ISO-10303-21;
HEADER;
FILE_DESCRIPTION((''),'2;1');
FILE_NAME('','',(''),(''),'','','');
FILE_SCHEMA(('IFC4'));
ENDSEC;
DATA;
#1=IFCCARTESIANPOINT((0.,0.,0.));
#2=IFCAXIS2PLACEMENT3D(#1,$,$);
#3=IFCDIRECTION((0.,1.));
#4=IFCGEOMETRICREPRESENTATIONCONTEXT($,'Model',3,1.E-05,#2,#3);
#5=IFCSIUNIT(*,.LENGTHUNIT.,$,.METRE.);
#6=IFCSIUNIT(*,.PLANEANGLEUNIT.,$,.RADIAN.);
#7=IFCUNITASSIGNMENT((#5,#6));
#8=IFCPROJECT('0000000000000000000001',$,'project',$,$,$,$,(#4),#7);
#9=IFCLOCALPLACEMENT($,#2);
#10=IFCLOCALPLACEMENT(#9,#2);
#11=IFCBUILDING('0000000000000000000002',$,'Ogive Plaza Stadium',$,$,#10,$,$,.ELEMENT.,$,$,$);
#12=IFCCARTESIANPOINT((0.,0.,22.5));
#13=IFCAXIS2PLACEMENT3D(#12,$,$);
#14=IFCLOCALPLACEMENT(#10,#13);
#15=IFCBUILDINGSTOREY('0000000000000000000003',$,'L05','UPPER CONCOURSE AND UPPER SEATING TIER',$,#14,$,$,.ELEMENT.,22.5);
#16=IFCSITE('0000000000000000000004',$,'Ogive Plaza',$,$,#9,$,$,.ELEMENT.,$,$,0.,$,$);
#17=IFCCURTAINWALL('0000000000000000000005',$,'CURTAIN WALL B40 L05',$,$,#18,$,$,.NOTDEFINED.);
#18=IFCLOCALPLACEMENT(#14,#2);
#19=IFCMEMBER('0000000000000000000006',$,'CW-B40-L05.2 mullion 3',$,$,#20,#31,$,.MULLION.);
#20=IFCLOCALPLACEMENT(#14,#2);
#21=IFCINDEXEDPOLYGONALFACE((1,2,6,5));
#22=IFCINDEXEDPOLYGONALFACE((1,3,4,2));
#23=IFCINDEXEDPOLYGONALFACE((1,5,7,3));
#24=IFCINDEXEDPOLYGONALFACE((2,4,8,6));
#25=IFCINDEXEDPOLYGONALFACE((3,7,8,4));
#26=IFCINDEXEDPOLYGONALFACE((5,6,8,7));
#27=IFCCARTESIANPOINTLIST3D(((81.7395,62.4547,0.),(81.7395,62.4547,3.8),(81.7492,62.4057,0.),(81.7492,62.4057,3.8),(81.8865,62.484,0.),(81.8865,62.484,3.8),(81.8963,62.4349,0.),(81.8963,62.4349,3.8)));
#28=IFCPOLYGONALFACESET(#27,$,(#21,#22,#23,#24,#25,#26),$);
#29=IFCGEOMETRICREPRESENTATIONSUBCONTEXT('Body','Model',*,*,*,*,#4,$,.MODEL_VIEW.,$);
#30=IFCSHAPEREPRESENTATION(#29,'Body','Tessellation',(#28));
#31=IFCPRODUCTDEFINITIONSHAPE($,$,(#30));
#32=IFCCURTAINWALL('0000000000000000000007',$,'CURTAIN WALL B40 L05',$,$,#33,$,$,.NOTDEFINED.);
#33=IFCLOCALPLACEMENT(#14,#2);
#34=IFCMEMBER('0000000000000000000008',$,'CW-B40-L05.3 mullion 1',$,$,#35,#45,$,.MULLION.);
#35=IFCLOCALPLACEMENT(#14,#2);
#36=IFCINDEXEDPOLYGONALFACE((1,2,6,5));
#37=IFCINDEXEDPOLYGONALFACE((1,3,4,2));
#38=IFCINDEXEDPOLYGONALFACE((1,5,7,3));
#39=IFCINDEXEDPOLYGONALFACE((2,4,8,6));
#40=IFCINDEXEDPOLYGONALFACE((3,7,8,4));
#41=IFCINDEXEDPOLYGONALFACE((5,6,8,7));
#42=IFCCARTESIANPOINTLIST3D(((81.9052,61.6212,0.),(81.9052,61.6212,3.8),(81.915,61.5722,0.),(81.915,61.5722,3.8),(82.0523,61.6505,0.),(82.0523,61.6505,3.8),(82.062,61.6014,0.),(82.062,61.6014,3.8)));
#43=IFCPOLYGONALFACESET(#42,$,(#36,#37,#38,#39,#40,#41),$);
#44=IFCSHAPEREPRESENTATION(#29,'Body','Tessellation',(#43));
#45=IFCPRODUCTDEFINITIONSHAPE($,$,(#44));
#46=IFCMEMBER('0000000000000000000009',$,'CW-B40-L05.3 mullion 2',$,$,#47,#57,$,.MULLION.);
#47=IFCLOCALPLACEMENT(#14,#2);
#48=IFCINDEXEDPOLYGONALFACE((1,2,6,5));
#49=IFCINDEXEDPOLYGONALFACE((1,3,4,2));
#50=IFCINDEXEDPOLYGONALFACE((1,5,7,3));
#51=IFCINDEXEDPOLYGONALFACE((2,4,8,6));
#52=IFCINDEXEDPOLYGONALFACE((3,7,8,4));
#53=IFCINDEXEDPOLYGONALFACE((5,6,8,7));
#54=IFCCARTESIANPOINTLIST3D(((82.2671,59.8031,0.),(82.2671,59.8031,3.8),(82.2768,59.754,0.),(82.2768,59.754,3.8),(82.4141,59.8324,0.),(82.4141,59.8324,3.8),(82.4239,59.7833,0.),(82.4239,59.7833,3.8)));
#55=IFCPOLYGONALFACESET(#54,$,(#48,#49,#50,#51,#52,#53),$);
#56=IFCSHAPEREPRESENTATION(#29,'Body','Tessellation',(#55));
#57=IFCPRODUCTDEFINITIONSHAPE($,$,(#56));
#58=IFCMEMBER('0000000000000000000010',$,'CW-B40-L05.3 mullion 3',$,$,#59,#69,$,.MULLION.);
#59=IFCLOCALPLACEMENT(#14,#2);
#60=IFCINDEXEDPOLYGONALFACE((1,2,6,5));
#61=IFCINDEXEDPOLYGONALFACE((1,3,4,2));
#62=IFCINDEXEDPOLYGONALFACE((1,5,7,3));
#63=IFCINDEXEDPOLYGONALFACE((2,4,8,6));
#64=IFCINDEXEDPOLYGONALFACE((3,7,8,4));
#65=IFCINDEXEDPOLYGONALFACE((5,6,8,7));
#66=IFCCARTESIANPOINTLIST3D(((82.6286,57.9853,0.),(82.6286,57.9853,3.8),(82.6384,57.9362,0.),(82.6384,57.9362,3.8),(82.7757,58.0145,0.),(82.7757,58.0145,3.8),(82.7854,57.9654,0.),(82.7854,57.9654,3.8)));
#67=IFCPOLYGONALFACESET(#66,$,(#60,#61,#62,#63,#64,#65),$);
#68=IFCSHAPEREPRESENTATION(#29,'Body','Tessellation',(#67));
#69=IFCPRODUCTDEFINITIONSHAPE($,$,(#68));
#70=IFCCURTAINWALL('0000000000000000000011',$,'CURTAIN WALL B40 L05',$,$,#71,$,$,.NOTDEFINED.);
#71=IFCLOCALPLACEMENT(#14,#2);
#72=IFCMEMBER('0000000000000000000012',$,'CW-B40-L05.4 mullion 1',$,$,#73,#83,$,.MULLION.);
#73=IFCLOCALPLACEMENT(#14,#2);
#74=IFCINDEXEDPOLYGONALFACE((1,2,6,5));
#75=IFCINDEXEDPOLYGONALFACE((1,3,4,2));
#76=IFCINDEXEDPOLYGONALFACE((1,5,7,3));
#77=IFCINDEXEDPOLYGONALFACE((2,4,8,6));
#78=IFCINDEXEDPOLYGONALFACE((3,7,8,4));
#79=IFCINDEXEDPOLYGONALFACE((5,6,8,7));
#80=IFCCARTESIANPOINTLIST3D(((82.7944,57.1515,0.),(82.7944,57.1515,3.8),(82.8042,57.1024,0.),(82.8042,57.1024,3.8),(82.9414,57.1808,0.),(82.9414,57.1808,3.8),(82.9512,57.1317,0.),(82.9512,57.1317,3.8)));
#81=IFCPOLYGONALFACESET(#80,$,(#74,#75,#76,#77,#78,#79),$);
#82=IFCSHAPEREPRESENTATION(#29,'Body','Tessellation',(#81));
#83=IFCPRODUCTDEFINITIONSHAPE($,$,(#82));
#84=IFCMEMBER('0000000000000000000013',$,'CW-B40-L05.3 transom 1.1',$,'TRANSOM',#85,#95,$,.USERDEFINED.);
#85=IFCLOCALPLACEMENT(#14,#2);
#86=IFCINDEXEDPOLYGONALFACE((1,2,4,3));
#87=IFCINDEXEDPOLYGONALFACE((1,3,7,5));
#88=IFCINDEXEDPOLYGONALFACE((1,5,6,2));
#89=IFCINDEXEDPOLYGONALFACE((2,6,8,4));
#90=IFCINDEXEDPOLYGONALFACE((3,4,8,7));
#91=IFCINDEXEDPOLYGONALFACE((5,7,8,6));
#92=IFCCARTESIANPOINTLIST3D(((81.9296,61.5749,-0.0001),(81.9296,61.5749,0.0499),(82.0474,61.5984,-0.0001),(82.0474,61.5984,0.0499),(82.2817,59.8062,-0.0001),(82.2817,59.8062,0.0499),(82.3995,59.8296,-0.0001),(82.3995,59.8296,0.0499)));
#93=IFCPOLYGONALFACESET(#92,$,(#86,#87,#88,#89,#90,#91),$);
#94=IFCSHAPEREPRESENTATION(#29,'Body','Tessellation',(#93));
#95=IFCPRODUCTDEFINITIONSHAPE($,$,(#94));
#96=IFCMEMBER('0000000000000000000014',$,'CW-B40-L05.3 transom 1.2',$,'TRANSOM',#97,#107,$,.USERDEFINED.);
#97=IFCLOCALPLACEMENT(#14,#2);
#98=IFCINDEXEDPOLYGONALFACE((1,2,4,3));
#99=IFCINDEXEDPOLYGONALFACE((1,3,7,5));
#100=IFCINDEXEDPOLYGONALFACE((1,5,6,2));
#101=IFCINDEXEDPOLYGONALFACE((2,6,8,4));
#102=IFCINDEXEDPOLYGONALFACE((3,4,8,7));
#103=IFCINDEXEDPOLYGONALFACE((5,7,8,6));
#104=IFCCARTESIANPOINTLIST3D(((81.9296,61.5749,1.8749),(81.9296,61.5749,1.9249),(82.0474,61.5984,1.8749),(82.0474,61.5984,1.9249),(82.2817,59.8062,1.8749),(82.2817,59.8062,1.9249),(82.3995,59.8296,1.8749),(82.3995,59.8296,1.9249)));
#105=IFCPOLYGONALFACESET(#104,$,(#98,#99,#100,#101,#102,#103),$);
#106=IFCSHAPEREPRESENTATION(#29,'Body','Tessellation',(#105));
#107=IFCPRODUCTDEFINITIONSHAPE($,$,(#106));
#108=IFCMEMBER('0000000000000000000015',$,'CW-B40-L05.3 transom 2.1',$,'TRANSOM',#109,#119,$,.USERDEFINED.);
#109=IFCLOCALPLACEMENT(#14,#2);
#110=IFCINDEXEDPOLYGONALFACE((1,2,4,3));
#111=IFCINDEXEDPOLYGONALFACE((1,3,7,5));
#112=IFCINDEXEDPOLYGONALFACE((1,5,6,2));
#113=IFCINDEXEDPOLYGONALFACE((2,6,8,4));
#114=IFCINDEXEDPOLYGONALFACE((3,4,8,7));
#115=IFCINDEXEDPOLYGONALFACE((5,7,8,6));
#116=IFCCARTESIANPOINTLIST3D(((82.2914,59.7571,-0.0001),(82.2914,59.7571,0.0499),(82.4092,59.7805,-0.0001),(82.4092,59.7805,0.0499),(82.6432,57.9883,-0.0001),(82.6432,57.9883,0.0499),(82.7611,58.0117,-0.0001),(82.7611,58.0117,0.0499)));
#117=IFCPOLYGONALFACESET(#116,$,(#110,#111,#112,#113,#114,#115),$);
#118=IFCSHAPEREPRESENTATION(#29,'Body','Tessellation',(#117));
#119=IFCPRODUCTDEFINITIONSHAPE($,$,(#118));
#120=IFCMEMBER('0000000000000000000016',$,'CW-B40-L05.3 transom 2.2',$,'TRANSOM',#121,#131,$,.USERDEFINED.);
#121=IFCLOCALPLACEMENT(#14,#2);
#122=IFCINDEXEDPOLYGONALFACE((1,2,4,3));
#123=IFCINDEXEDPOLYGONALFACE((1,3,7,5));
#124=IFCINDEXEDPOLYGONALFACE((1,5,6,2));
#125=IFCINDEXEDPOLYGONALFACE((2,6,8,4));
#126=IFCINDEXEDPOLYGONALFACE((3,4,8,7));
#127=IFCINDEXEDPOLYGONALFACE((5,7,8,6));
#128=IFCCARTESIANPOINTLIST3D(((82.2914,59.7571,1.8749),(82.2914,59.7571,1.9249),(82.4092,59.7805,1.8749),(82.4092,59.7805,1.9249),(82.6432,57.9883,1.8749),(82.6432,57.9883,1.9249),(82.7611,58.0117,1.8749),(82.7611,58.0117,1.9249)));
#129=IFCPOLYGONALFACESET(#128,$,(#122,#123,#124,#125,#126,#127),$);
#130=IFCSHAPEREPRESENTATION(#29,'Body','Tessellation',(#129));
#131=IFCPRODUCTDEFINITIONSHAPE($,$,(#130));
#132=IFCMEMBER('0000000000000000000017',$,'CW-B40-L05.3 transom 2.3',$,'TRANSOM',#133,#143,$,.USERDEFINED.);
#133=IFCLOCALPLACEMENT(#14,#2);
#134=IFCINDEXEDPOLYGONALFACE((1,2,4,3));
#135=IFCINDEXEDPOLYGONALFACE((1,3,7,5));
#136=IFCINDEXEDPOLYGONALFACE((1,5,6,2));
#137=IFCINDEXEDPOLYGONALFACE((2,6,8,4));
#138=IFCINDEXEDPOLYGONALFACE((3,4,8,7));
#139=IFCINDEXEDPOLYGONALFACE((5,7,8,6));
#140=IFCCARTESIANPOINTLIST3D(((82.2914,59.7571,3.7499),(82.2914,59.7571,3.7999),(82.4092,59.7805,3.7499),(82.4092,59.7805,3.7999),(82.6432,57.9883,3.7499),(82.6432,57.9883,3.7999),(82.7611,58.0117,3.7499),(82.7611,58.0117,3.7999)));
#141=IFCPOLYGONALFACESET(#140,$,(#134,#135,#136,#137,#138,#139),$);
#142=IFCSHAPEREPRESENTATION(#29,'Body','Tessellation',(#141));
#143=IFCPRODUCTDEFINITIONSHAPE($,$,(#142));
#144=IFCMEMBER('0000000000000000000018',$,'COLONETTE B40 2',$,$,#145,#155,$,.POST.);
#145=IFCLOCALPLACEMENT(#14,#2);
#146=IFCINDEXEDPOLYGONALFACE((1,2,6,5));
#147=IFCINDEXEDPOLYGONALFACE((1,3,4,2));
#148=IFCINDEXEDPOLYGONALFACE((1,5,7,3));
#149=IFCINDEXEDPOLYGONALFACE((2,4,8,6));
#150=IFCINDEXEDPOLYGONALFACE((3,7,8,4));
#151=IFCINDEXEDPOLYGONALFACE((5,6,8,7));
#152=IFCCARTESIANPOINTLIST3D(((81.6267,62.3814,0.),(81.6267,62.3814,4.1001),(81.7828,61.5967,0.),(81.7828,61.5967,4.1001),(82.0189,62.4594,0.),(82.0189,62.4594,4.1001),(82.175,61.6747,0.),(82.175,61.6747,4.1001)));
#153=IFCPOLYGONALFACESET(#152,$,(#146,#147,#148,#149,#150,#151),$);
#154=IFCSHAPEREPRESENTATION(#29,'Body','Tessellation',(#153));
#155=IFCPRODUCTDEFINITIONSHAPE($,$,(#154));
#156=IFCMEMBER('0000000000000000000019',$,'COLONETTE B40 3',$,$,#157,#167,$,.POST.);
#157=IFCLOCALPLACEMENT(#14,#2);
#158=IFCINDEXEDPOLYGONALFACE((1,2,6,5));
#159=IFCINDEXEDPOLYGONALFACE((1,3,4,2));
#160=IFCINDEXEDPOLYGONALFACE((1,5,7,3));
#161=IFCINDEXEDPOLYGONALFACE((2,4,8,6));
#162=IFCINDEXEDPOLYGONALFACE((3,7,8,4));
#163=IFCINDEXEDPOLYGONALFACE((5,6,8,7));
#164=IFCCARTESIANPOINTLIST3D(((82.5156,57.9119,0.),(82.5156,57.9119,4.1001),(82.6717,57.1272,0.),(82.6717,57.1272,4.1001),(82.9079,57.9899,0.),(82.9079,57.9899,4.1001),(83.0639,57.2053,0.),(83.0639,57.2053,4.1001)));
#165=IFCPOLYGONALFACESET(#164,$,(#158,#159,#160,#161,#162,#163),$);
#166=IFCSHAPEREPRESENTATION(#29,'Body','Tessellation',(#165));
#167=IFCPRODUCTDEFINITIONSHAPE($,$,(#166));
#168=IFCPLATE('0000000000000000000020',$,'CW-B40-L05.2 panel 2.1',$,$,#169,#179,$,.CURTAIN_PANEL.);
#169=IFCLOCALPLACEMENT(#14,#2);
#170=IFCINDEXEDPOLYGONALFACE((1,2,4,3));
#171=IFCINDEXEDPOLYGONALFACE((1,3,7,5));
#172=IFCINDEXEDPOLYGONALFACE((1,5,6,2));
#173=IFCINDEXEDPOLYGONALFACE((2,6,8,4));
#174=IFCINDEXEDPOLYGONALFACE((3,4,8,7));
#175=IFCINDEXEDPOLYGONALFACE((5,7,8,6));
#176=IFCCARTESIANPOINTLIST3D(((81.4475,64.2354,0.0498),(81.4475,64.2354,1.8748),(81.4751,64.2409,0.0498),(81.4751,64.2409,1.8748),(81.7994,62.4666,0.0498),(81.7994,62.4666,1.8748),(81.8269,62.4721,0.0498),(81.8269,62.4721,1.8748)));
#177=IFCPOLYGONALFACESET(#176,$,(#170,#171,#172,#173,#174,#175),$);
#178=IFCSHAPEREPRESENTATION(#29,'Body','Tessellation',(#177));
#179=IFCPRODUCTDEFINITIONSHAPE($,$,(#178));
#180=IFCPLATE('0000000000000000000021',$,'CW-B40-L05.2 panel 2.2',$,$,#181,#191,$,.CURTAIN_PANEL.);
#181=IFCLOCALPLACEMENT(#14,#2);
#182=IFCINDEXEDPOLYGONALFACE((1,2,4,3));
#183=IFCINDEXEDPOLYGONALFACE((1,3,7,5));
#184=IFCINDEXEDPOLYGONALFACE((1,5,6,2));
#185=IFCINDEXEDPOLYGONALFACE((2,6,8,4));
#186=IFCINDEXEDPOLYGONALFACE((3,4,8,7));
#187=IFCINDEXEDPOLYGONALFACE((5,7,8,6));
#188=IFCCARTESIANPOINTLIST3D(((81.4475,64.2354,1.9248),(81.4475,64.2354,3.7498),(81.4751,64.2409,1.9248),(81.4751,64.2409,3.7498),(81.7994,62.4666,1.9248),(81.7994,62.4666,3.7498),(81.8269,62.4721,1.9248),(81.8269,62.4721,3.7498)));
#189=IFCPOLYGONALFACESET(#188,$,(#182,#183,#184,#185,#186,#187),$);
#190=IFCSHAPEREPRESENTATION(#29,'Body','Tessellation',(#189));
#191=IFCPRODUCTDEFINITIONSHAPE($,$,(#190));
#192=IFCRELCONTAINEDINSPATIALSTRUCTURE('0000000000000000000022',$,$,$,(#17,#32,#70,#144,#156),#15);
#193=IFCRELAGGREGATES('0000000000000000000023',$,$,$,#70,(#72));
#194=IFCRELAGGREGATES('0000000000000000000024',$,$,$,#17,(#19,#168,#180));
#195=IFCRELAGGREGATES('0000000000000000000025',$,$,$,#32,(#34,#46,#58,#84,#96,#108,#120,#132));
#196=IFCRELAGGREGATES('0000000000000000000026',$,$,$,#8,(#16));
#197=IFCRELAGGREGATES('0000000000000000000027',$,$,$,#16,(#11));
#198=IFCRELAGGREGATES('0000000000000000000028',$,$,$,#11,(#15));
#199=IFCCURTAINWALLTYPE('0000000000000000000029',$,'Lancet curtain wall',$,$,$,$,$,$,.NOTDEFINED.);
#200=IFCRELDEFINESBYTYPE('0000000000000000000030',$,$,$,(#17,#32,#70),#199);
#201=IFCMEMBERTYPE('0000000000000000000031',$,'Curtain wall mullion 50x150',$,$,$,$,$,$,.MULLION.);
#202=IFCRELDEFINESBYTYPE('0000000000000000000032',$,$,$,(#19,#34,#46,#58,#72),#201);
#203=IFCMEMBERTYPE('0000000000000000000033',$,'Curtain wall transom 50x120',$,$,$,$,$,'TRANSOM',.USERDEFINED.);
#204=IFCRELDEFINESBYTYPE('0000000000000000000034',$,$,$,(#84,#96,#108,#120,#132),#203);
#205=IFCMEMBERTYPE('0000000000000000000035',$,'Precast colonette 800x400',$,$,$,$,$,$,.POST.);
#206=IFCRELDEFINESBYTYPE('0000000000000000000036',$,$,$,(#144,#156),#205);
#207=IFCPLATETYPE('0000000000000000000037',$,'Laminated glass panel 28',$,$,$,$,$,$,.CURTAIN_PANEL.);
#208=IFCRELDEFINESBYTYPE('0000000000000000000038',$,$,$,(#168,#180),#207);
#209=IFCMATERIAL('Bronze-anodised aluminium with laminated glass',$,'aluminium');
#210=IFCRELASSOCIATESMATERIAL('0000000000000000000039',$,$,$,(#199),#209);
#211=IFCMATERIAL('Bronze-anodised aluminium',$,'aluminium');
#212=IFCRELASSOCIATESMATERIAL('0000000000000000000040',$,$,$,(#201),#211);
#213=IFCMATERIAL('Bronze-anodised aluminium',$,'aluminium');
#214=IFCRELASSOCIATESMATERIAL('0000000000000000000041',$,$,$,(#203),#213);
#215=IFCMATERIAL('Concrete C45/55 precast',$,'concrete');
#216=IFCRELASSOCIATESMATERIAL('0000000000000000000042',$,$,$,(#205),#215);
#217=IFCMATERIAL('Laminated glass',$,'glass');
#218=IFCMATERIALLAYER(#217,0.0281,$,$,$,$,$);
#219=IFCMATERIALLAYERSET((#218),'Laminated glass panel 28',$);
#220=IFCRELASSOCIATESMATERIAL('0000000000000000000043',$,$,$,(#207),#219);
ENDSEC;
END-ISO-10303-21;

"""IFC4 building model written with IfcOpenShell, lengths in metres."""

from ifc_helpers import new_model, si_unit, direction, frame, origin, origin_2d, place, context, subcontext, project, spatial, rectangle, extrude, material, layer, layer_set, material_profile, profile_set, type_object, element, aggregate, save


model = new_model("IFC4")

# Units and contexts
model_context = context("Model", 3, precision=1e-05, world=origin(), true_north=direction((0.0, 1.0)))
body_context = subcontext(model_context, "Body", "Model", "MODEL_VIEW")
ifc_project = project(units=[si_unit("LENGTHUNIT", "METRE"), si_unit("PLANEANGLEUNIT", "RADIAN")], contexts=[model_context])

# Site, building, storey
site_placement = place(None, origin())
site = spatial("IfcSite", under=ifc_project, at=site_placement, Name="Ogive Plaza", CompositionType="ELEMENT", RefElevation=0.0)
building_placement = place(site_placement, origin())
building = spatial("IfcBuilding", under=site, at=building_placement, Name="Ogive Plaza Stadium", CompositionType="ELEMENT")
storey_placement = place(building_placement, frame((0.0, 0.0, 22.5)))
storey = spatial("IfcBuildingStorey", under=building, at=storey_placement, Name="L05", Description="UPPER CONCOURSE AND UPPER SEATING TIER", CompositionType="ELEMENT", Elevation=22.5)

# Curtain wall, member
ifc_material_1 = material(Name="Bronze-anodised aluminium with laminated glass", Category="aluminium")
curtain_wall_type = type_object("IfcCurtainWallType", Name="Lancet curtain wall", PredefinedType="NOTDEFINED", material=ifc_material_1)
curtain_wall_1_placement = place(storey_placement, origin())
curtain_wall_1 = element("IfcCurtainWall", 1, at=curtain_wall_1_placement, inside=storey, type_object=curtain_wall_type, Name="CURTAIN WALL B40 L05", PredefinedType="NOTDEFINED")
ifc_material_2 = material(Name="Bronze-anodised aluminium", Category="aluminium")
ifc_material_profile_1 = material_profile(ifc_material_2, rectangle(XDim=0.1499, YDim=0.05, at=origin_2d()), Name="AL 150x50")
ifc_profile_set_1 = profile_set([ifc_material_profile_1], Name="Bronze-anodised aluminium")
member_type_1 = type_object("IfcMemberType", Name="Curtain wall mullion 50x150", PredefinedType="MULLION", material=ifc_profile_set_1)
member_1_placement = place(storey_placement, frame((81.8179, 62.4448, 0.0), z_axis=(0.0, 0.0, 1.0), x_axis=(0.980785, 0.19509, 0.0)))
member_1 = element("IfcMember", 2, at=member_1_placement, type_object=member_type_1, Name="CW-B40-L05.2 mullion 3", PredefinedType="MULLION", context=body_context, shape_type="SweptSolid", body=[
    extrude(rectangle(XDim=0.1499, YDim=0.05, at=origin_2d()), origin(), (0.0, 0.0, 1.0), 3.8),
])

# Curtain wall, members
curtain_wall_2_placement = place(storey_placement, origin())
curtain_wall_2 = element("IfcCurtainWall", 3, at=curtain_wall_2_placement, inside=storey, type_object=curtain_wall_type, Name="CURTAIN WALL B40 L05", PredefinedType="NOTDEFINED")
member_2_placement = place(storey_placement, frame((81.9836, 61.6113, 0.0), z_axis=(0.0, 0.0, 1.0), x_axis=(0.980785, 0.19509, 0.0)))
member_2 = element("IfcMember", 4, at=member_2_placement, type_object=member_type_1, Name="CW-B40-L05.3 mullion 1", PredefinedType="MULLION", context=body_context, shape_type="SweptSolid", body=[
    extrude(rectangle(XDim=0.1499, YDim=0.05, at=origin_2d()), origin(), (0.0, 0.0, 1.0), 3.8),
])
member_3_placement = place(storey_placement, frame((82.3455, 59.7932, 0.0), z_axis=(0.0, 0.0, 1.0), x_axis=(0.980785, 0.19509, 0.0)))
member_3 = element("IfcMember", 5, at=member_3_placement, type_object=member_type_1, Name="CW-B40-L05.3 mullion 2", PredefinedType="MULLION", context=body_context, shape_type="SweptSolid", body=[
    extrude(rectangle(XDim=0.1499, YDim=0.05, at=origin_2d()), origin(), (0.0, 0.0, 1.0), 3.8),
])
member_4_placement = place(storey_placement, frame((82.707, 57.9753, 0.0), z_axis=(0.0, 0.0, 1.0), x_axis=(0.980785, 0.19509, 0.0)))
member_4 = element("IfcMember", 6, at=member_4_placement, type_object=member_type_1, Name="CW-B40-L05.3 mullion 3", PredefinedType="MULLION", context=body_context, shape_type="SweptSolid", body=[
    extrude(rectangle(XDim=0.1499, YDim=0.05, at=origin_2d()), origin(), (0.0, 0.0, 1.0), 3.8),
])

# Curtain wall, member
curtain_wall_3_placement = place(storey_placement, origin())
curtain_wall_3 = element("IfcCurtainWall", 7, at=curtain_wall_3_placement, inside=storey, type_object=curtain_wall_type, Name="CURTAIN WALL B40 L05", PredefinedType="NOTDEFINED")
member_5_placement = place(storey_placement, frame((82.8728, 57.1416, 0.0), z_axis=(0.0, 0.0, 1.0), x_axis=(0.980785, 0.19509, 0.0)))
member_5 = element("IfcMember", 8, at=member_5_placement, type_object=member_type_1, Name="CW-B40-L05.4 mullion 1", PredefinedType="MULLION", context=body_context, shape_type="SweptSolid", body=[
    extrude(rectangle(XDim=0.1499, YDim=0.05, at=origin_2d()), origin(), (0.0, 0.0, 1.0), 3.8),
])
aggregate(curtain_wall_3, [member_5])

# Members
ifc_material_3 = material(Name="Bronze-anodised aluminium", Category="aluminium")
ifc_material_profile_2 = material_profile(ifc_material_3, rectangle(XDim=0.1201, YDim=0.05, at=origin_2d()), Name="AL 120x50")
ifc_profile_set_2 = profile_set([ifc_material_profile_2], Name="Bronze-anodised aluminium")
member_type_2 = type_object("IfcMemberType", Name="Curtain wall transom 50x120", ElementType="TRANSOM", PredefinedType="USERDEFINED", material=ifc_profile_set_2)
member_6_placement = place(storey_placement, frame((81.9885, 61.5867, 0.0249), z_axis=(0.195205, -0.980762, 0.0), x_axis=(0.980762, 0.195205, 0.0)))
member_6 = element("IfcMember", 9, at=member_6_placement, type_object=member_type_2, Name="CW-B40-L05.3 transom 1.1", ObjectType="TRANSOM", PredefinedType="USERDEFINED", context=body_context, shape_type="SweptSolid", body=[
    extrude(rectangle(XDim=0.1201, YDim=0.05, at=origin_2d()), origin(), (0.0, 0.0, 1.0), 1.8035),
])
member_7_placement = place(storey_placement, frame((81.9885, 61.5867, 1.8999), z_axis=(0.195205, -0.980762, 0.0), x_axis=(0.980762, 0.195205, 0.0)))
member_7 = element("IfcMember", 10, at=member_7_placement, type_object=member_type_2, Name="CW-B40-L05.3 transom 1.2", ObjectType="TRANSOM", PredefinedType="USERDEFINED", context=body_context, shape_type="SweptSolid", body=[
    extrude(rectangle(XDim=0.1201, YDim=0.05, at=origin_2d()), origin(), (0.0, 0.0, 1.0), 1.8035),
])
member_8_placement = place(storey_placement, frame((82.3503, 59.7688, 0.0249), z_axis=(0.195075, -0.980788, 0.0), x_axis=(0.980788, 0.195075, 0.0)))
member_8 = element("IfcMember", 11, at=member_8_placement, type_object=member_type_2, Name="CW-B40-L05.3 transom 2.1", ObjectType="TRANSOM", PredefinedType="USERDEFINED", context=body_context, shape_type="SweptSolid", body=[
    extrude(rectangle(XDim=0.1201, YDim=0.05, at=origin_2d()), origin(), (0.0, 0.0, 1.0), 1.8035),
])
member_9_placement = place(storey_placement, frame((82.3503, 59.7688, 1.8999), z_axis=(0.195075, -0.980788, 0.0), x_axis=(0.980788, 0.195075, 0.0)))
member_9 = element("IfcMember", 12, at=member_9_placement, type_object=member_type_2, Name="CW-B40-L05.3 transom 2.2", ObjectType="TRANSOM", PredefinedType="USERDEFINED", context=body_context, shape_type="SweptSolid", body=[
    extrude(rectangle(XDim=0.1201, YDim=0.05, at=origin_2d()), origin(), (0.0, 0.0, 1.0), 1.8035),
])
member_10_placement = place(storey_placement, frame((82.3503, 59.7688, 3.7749), z_axis=(0.195075, -0.980788, 0.0), x_axis=(0.980788, 0.195075, 0.0)))
member_10 = element("IfcMember", 13, at=member_10_placement, type_object=member_type_2, Name="CW-B40-L05.3 transom 2.3", ObjectType="TRANSOM", PredefinedType="USERDEFINED", context=body_context, shape_type="SweptSolid", body=[
    extrude(rectangle(XDim=0.1201, YDim=0.05, at=origin_2d()), origin(), (0.0, 0.0, 1.0), 1.8035),
])

# Members
ifc_material_4 = material(Name="Concrete C45/55 precast", Category="concrete")
ifc_material_profile_3 = material_profile(ifc_material_4, rectangle(XDim=0.3999, YDim=0.8, at=origin_2d()), Name="RC 400x800")
ifc_profile_set_3 = profile_set([ifc_material_profile_3], Name="Concrete C45/55 precast")
member_type_3 = type_object("IfcMemberType", Name="Precast colonette 800x400", PredefinedType="POST", material=ifc_profile_set_3)
for number, where, z_axis, x_axis, name in (
    (14, (81.9009, 62.0281, 0.0), (0.0, 0.0, 1.0), (0.980785, 0.19509, 0.0), "COLONETTE B40 2"),
    (15, (82.7898, 57.5586, 0.0), (0.0, 0.0, 1.0), (0.980785, 0.19509, 0.0), "COLONETTE B40 3"),
):
    element("IfcMember", number, at=place(storey_placement, frame(where, z_axis=z_axis, x_axis=x_axis)), inside=storey, type_object=member_type_3, Name=name, PredefinedType="POST", context=body_context, shape_type="SweptSolid", body=[
        extrude(rectangle(XDim=0.3999, YDim=0.8, at=origin_2d()), origin(), (0.0, 0.0, 1.0), 4.1001),
    ])

# Plates
ifc_material_5 = material(Name="Laminated glass", Category="glass")
ifc_layer_1 = layer(ifc_material_5, 0.0281)
ifc_layer_set_1 = layer_set([ifc_layer_1], Name="Laminated glass panel 28")
plate_type = type_object("IfcPlateType", Name="Laminated glass panel 28", PredefinedType="CURTAIN_PANEL", material=ifc_layer_set_1)
plate_1_placement = place(storey_placement, frame((81.6372, 63.3538, 0.0498), z_axis=(0.0, 0.0, 1.0), x_axis=(0.19509, -0.980785, 0.0)))
plate_1 = element("IfcPlate", 16, at=plate_1_placement, type_object=plate_type, Name="CW-B40-L05.2 panel 2.1", PredefinedType="CURTAIN_PANEL", context=body_context, shape_type="SweptSolid", body=[
    extrude(rectangle(XDim=1.8035, YDim=0.0281, at=origin_2d()), origin(), (0.0, 0.0, 1.0), 1.825),
])
plate_2_placement = place(storey_placement, frame((81.6372, 63.3538, 1.9248), z_axis=(0.0, 0.0, 1.0), x_axis=(0.19509, -0.980785, 0.0)))
plate_2 = element("IfcPlate", 17, at=plate_2_placement, type_object=plate_type, Name="CW-B40-L05.2 panel 2.2", PredefinedType="CURTAIN_PANEL", context=body_context, shape_type="SweptSolid", body=[
    extrude(rectangle(XDim=1.8035, YDim=0.0281, at=origin_2d()), origin(), (0.0, 0.0, 1.0), 1.825),
])
aggregate(curtain_wall_1, [member_1, plate_1, plate_2])
aggregate(curtain_wall_2, [member_2, member_3, member_4, member_6, member_7, member_8, member_9, member_10])

save(model, "model.ifc")
